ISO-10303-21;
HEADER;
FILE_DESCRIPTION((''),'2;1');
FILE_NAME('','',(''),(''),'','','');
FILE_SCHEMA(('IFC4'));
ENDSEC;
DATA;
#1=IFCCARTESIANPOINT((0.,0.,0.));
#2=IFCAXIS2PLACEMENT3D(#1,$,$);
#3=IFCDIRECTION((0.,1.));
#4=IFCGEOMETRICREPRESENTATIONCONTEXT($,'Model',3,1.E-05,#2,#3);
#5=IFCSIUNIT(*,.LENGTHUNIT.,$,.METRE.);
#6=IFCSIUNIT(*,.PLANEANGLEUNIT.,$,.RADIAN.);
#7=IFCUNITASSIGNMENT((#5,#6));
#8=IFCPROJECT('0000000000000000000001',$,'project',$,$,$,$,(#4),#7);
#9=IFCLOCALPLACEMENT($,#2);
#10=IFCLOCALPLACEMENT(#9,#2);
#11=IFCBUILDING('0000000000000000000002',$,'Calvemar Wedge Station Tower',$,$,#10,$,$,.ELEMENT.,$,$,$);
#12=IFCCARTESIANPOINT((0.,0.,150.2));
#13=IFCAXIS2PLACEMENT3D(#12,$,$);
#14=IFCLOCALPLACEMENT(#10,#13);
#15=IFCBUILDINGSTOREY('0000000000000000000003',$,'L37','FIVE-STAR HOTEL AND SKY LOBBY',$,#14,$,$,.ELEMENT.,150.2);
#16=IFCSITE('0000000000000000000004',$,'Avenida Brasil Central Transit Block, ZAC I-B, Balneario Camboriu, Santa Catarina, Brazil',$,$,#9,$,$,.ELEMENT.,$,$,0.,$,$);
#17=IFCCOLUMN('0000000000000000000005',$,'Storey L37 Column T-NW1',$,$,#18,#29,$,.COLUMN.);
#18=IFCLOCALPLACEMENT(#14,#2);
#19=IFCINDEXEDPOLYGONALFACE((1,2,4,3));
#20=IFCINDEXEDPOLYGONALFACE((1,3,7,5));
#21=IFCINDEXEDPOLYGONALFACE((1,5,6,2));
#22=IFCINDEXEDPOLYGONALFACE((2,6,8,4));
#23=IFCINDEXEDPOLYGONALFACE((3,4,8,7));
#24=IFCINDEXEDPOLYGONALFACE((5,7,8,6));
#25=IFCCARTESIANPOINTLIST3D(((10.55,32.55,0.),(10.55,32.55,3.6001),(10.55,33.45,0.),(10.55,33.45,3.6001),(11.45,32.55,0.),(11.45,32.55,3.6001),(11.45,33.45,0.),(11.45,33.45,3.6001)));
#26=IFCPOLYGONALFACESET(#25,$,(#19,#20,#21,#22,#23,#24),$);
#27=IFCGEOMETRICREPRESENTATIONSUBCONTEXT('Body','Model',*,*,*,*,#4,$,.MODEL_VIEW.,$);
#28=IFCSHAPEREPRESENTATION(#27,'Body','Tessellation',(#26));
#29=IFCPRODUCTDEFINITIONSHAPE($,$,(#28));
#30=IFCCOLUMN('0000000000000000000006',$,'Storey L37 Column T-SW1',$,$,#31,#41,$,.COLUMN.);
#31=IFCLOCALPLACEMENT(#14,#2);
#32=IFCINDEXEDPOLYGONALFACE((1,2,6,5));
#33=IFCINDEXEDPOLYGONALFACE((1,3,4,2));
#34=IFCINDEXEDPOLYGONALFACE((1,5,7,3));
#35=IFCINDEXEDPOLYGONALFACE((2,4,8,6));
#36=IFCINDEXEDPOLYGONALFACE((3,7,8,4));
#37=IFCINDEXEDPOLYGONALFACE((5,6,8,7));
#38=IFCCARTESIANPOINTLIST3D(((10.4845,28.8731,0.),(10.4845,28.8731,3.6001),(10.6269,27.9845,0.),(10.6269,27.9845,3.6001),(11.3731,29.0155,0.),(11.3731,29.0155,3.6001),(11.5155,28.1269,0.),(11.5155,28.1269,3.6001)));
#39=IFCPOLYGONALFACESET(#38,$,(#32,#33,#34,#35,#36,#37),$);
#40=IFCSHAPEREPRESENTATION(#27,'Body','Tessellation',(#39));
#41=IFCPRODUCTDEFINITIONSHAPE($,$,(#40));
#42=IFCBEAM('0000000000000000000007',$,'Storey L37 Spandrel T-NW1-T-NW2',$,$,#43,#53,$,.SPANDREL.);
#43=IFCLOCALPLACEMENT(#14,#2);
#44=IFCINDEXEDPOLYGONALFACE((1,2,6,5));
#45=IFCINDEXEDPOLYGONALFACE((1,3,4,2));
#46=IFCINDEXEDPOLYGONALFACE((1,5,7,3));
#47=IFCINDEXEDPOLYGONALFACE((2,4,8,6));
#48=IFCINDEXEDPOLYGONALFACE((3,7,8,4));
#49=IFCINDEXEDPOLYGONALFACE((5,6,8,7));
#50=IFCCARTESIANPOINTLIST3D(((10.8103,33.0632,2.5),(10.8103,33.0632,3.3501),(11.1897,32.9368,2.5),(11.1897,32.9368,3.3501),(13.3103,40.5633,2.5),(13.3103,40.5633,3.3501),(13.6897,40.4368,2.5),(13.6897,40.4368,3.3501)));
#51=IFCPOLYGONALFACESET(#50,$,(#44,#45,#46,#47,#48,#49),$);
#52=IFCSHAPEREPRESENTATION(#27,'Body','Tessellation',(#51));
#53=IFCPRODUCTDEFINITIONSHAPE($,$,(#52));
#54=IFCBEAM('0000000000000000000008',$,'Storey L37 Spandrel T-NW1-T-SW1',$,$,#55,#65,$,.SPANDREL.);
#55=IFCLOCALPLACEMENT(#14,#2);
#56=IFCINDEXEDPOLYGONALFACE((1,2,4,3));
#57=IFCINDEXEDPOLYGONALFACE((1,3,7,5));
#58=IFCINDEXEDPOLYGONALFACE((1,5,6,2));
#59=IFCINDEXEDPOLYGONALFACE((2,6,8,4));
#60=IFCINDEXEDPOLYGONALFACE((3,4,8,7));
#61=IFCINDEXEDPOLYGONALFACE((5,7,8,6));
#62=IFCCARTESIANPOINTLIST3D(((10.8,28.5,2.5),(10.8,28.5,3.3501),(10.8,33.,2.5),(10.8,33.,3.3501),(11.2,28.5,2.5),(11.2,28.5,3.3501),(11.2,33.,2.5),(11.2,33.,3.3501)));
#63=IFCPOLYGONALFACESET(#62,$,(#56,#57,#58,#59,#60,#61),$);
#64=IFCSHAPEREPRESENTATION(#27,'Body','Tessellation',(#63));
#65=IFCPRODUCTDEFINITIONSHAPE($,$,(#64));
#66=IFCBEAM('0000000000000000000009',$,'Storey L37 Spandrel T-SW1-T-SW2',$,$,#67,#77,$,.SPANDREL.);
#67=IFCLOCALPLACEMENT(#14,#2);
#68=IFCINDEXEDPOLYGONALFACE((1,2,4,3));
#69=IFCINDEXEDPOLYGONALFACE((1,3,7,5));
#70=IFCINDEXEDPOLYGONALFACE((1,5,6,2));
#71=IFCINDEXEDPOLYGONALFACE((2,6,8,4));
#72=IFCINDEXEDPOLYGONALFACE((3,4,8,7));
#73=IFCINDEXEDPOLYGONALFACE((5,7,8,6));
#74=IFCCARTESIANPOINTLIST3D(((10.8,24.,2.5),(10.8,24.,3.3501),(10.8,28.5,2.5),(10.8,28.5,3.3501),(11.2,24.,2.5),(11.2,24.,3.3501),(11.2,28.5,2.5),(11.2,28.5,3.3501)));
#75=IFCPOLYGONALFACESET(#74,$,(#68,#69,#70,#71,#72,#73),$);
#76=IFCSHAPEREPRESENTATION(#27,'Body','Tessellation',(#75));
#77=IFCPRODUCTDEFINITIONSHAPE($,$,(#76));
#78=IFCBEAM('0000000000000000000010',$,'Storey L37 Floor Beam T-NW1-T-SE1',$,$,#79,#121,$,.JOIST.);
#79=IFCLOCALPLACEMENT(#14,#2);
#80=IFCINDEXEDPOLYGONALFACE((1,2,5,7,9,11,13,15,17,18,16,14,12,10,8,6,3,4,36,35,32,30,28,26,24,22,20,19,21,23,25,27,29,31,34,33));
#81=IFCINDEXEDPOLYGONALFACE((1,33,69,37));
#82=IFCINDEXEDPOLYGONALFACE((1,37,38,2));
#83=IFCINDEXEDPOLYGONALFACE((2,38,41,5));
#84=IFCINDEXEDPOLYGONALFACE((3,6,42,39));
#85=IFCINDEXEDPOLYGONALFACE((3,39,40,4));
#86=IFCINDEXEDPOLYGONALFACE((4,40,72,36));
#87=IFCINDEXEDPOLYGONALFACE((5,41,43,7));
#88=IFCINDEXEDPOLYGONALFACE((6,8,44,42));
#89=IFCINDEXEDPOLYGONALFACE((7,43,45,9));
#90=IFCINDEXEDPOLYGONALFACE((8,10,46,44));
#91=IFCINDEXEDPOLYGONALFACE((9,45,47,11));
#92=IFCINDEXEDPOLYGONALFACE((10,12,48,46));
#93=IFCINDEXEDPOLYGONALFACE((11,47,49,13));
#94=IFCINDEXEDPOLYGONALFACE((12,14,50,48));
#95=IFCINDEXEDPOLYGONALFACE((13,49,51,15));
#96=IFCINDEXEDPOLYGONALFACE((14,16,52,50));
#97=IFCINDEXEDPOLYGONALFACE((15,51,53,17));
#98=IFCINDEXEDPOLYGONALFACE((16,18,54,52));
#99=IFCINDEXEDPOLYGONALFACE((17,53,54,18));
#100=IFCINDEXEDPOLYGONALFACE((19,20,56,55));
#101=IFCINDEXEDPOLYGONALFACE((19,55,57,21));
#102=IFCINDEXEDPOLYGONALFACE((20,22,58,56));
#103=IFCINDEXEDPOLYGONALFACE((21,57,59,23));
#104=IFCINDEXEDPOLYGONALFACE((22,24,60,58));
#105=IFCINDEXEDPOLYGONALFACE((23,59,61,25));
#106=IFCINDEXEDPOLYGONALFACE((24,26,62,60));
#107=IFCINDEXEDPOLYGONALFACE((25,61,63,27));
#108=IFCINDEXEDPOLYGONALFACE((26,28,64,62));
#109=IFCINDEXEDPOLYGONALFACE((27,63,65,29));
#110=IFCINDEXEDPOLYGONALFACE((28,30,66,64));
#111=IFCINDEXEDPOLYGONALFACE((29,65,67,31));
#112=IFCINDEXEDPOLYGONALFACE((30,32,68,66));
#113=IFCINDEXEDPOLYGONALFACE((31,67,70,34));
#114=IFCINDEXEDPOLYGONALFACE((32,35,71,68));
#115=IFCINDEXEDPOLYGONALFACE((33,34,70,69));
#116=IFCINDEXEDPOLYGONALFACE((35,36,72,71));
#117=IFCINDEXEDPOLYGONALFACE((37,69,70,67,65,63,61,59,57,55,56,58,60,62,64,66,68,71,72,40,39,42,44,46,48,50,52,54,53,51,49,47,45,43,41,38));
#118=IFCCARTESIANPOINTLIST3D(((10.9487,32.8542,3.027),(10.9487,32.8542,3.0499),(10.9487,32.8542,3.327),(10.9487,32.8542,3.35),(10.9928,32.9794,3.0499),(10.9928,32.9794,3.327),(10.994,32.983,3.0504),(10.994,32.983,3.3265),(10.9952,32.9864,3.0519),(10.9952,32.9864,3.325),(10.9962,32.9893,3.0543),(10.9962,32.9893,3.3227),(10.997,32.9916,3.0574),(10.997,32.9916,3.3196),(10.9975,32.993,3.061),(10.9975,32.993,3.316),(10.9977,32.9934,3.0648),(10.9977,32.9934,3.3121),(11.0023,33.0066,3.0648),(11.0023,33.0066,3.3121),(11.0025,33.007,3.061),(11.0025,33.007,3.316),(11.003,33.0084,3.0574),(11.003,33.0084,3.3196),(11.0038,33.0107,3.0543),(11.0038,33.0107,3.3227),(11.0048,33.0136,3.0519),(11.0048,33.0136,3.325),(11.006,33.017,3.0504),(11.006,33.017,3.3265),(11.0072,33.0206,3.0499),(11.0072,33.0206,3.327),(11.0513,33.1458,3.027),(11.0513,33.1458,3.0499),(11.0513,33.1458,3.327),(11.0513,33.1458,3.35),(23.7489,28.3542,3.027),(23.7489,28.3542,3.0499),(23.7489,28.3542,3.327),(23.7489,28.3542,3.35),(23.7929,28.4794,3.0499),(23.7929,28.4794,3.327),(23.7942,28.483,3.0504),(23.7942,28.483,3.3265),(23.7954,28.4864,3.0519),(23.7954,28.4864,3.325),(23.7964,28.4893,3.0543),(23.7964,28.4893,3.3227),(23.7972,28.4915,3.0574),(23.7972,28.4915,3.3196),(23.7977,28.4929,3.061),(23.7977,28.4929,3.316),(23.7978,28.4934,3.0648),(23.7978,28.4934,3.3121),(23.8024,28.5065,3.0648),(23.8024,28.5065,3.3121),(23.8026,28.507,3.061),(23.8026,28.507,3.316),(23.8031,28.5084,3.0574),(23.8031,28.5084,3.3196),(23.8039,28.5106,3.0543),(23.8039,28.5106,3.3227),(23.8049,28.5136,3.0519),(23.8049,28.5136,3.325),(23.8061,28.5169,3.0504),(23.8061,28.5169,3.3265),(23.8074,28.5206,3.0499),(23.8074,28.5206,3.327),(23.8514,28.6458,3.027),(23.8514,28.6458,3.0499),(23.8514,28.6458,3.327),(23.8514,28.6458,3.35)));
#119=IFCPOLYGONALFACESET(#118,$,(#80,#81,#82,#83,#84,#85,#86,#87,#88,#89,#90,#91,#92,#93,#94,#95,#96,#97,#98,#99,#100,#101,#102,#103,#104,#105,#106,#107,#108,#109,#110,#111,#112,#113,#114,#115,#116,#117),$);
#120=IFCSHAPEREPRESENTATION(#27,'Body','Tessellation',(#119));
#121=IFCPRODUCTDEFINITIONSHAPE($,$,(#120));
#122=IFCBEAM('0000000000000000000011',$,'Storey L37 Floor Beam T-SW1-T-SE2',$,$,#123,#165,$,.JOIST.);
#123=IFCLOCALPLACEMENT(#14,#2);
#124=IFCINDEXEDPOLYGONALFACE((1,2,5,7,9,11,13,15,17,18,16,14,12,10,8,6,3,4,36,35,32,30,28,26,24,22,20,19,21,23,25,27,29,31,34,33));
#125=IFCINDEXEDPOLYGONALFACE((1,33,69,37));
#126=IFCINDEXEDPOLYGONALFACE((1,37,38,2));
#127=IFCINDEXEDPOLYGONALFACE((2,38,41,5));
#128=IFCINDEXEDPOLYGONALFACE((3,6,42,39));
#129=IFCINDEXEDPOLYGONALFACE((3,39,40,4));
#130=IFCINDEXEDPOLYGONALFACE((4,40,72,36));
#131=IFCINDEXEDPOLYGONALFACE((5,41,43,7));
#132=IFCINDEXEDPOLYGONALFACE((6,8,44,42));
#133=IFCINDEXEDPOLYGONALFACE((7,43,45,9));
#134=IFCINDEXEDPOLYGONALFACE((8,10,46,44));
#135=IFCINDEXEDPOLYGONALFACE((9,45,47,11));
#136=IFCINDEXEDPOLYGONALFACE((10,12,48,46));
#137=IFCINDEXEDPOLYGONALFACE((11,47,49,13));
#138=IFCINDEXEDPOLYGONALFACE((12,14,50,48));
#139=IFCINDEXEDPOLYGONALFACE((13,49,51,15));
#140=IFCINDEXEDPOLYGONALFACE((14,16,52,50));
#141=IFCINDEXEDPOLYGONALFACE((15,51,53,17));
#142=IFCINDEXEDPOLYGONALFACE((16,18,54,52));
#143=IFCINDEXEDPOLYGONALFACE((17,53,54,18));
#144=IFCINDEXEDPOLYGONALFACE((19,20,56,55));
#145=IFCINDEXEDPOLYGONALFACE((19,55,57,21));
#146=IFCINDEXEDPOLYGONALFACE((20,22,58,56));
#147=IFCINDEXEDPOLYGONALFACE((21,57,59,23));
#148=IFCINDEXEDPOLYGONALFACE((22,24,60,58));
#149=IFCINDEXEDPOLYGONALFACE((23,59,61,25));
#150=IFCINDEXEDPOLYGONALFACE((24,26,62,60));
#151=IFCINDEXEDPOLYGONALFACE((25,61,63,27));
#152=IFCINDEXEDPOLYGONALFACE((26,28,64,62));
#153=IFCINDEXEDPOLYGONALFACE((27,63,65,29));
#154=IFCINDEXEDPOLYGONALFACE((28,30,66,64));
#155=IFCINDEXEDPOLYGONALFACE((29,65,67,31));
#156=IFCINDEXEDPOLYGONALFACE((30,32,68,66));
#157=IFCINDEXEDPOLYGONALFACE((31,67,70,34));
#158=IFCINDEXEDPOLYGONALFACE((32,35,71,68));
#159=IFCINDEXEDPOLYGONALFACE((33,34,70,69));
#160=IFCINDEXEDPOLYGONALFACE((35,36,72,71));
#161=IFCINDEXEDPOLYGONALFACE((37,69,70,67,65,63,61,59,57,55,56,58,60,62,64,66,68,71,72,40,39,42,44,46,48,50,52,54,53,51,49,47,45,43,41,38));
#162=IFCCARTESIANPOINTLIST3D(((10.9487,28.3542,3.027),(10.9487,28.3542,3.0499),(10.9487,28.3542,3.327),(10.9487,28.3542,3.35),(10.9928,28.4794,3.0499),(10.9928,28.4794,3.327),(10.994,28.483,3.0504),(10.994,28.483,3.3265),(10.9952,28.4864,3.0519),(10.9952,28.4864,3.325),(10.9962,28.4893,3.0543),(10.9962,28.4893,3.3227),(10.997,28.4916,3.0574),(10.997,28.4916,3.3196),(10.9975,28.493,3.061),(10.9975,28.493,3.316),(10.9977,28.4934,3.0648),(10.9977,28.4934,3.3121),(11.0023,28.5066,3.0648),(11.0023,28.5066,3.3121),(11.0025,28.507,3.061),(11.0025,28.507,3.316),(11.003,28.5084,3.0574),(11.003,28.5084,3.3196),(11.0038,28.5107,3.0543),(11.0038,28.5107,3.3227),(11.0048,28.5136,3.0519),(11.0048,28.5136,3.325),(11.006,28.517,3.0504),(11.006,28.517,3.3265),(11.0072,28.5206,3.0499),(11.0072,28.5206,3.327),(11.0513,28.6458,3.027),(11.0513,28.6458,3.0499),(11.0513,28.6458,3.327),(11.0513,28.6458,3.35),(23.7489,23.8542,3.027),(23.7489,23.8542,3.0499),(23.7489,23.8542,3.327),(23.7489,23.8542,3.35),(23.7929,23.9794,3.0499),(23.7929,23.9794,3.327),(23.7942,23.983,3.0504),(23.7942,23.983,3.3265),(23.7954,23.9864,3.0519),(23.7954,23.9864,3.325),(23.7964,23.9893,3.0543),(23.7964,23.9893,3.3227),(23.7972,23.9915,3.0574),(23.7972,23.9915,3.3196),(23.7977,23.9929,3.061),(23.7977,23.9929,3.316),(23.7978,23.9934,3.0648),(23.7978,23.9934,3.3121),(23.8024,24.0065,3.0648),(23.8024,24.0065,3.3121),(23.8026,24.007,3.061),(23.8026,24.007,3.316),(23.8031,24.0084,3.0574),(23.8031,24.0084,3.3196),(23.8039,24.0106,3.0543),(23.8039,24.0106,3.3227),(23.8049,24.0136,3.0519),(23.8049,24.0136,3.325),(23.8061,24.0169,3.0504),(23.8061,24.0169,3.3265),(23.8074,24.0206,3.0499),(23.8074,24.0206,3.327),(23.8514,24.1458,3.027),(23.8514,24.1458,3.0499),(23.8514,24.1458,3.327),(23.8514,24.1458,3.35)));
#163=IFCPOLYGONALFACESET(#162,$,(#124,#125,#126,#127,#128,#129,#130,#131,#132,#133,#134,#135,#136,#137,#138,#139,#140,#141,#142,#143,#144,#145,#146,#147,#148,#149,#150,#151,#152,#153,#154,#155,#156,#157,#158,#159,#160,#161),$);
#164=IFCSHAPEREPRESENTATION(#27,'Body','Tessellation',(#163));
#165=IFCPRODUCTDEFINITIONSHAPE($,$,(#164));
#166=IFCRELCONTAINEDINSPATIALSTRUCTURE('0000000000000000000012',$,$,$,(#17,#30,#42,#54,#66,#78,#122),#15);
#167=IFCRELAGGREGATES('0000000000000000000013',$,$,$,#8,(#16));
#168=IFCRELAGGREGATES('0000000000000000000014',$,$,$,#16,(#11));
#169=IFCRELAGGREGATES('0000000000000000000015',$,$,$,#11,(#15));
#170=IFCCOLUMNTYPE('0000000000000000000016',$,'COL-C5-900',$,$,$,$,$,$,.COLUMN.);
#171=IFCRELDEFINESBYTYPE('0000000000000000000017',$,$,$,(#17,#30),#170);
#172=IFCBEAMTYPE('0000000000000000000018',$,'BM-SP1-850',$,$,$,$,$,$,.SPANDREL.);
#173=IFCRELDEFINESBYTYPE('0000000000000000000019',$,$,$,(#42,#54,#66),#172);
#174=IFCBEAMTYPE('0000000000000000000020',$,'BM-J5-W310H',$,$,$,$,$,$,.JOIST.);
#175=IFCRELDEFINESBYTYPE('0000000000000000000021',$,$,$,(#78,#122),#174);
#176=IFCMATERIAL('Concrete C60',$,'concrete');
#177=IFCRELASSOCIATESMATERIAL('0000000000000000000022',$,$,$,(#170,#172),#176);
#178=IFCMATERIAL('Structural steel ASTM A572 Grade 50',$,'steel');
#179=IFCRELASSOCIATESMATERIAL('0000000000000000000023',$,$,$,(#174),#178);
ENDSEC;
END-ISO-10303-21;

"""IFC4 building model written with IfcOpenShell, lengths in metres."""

from ifc_helpers import new_model, si_unit, direction, frame, origin, origin_2d, place, context, subcontext, project, spatial, rectangle, i_section, extrude, source, transform, mapped, material, material_profile, profile_set, type_object, element, save


model = new_model("IFC4")

# Units and contexts
model_context = context("Model", 3, precision=1e-05, world=origin(), true_north=direction((0.0, 1.0)))
body_context = subcontext(model_context, "Body", "Model", "MODEL_VIEW")
ifc_project = project(units=[si_unit("LENGTHUNIT", "METRE"), si_unit("PLANEANGLEUNIT", "RADIAN")], contexts=[model_context])

# Site, building, storey
site_placement = place(None, origin())
site = spatial("IfcSite", under=ifc_project, at=site_placement, Name="Avenida Brasil Central Transit Block, ZAC I-B, Balneario Camboriu, Santa Catarina, Brazil", CompositionType="ELEMENT", RefElevation=0.0)
building_placement = place(site_placement, origin())
building = spatial("IfcBuilding", under=site, at=building_placement, Name="Calvemar Wedge Station Tower", CompositionType="ELEMENT")
storey_placement = place(building_placement, frame((0.0, 0.0, 150.2)))
storey = spatial("IfcBuildingStorey", under=building, at=storey_placement, Name="L37", Description="FIVE-STAR HOTEL AND SKY LOBBY", CompositionType="ELEMENT", Elevation=150.2)

# Columns
ifc_material_1 = material(Name="Concrete C60", Category="concrete")
ifc_material_profile_1 = material_profile(ifc_material_1, rectangle(XDim=0.8999, YDim=0.8999, at=origin_2d()), Name="RC900x900")
ifc_profile_set_1 = profile_set([ifc_material_profile_1], Name="Concrete C60")
column_type = type_object("IfcColumnType", Name="COL-C5-900", PredefinedType="COLUMN", material=ifc_profile_set_1)
shared_shape_1 = source(origin(), body_context, "Body", "SweptSolid", [
    extrude(rectangle(XDim=0.8999, YDim=0.8999, at=origin_2d()), origin(), (0.0, 0.0, 1.0), 3.6001),
])
for number, where, z_axis, x_axis, name in (
    (1, (11.0, 33.0, 0.0), (0.0, 0.0, 1.0), (1.0, 0.0, 0.0), "Storey L37 Column T-NW1"),
    (2, (11.0, 28.5, 0.0), (0.0, 0.0, 1.0), (0.158158, -0.987414, 0.0), "Storey L37 Column T-SW1"),
):
    element("IfcColumn", number, at=place(storey_placement, frame(where, z_axis=z_axis, x_axis=x_axis)), inside=storey, type_object=column_type, Name=name, PredefinedType="COLUMN", context=body_context, shape_type="MappedRepresentation", body=[
        mapped(shared_shape_1, transform((0.0, 0.0, 0.0), scale=1.0)),
    ])

# Beams
ifc_material_profile_2 = material_profile(ifc_material_1, rectangle(XDim=0.3999, YDim=0.8501, at=origin_2d()), Name="RC400x850")
ifc_profile_set_2 = profile_set([ifc_material_profile_2], Name="Concrete C60")
beam_type_1 = type_object("IfcBeamType", Name="BM-SP1-850", PredefinedType="SPANDREL", material=ifc_profile_set_2)
shared_shape_2 = source(origin(), body_context, "Body", "SweptSolid", [
    extrude(rectangle(XDim=0.3999, YDim=0.8501, at=origin_2d()), origin(), (0.0, 0.0, 1.0), 7.9058),
])
beam_1_placement = place(storey_placement, frame((11.0, 33.0, 2.925), z_axis=(0.316228, 0.948683, 0.0), x_axis=(-0.948683, 0.316228, 0.0)))
element("IfcBeam", 3, at=beam_1_placement, inside=storey, type_object=beam_type_1, Name="Storey L37 Spandrel T-NW1-T-NW2", PredefinedType="SPANDREL", context=body_context, shape_type="MappedRepresentation", body=[
    mapped(shared_shape_2, transform((0.0, 0.0, 0.0), scale=1.0)),
])
shared_shape_3 = source(origin(), body_context, "Body", "SweptSolid", [
    extrude(rectangle(XDim=0.3999, YDim=0.8501, at=origin_2d()), origin(), (0.0, 0.0, 1.0), 4.5),
])
for number, where, z_axis, x_axis, name in (
    (4, (11.0, 33.0, 2.925), (0.0, -1.0, 0.0), (1.0, 0.0, 0.0), "Storey L37 Spandrel T-NW1-T-SW1"),
    (5, (11.0, 28.5, 2.925), (0.0, -1.0, 0.0), (1.0, 0.0, 0.0), "Storey L37 Spandrel T-SW1-T-SW2"),
):
    element("IfcBeam", number, at=place(storey_placement, frame(where, z_axis=z_axis, x_axis=x_axis)), inside=storey, type_object=beam_type_1, Name=name, PredefinedType="SPANDREL", context=body_context, shape_type="MappedRepresentation", body=[
        mapped(shared_shape_3, transform((0.0, 0.0, 0.0), scale=1.0)),
    ])
ifc_material_2 = material(Name="Structural steel ASTM A572 Grade 50", Category="steel")
ifc_material_profile_3 = material_profile(ifc_material_2, i_section(OverallWidth=0.3091, OverallDepth=0.323, WebThickness=0.0139, FlangeThickness=0.0229, FilletRadius=0.0149, at=origin_2d()), Name="W310x143")
ifc_profile_set_3 = profile_set([ifc_material_profile_3], Name="Structural steel ASTM A572 Grade 50")
beam_type_2 = type_object("IfcBeamType", Name="BM-J5-W310H", PredefinedType="JOIST", material=ifc_profile_set_3)
shared_shape_4 = source(origin(), body_context, "Body", "SweptSolid", [
    extrude(i_section(OverallWidth=0.3091, OverallDepth=0.323, WebThickness=0.0139, FlangeThickness=0.0229, FilletRadius=0.0149, at=origin_2d()), origin(), (0.0, 0.0, 1.0), 13.5681),
])
for number, where, z_axis, x_axis, name in (
    (6, (11.0, 33.0, 3.1885), (0.943398, -0.331662, 0.0), (0.331662, 0.943398, 0.0), "Storey L37 Floor Beam T-NW1-T-SE1"),
    (7, (11.0, 28.5, 3.1885), (0.943398, -0.331662, 0.0), (0.331662, 0.943398, 0.0), "Storey L37 Floor Beam T-SW1-T-SE2"),
):
    element("IfcBeam", number, at=place(storey_placement, frame(where, z_axis=z_axis, x_axis=x_axis)), inside=storey, type_object=beam_type_2, Name=name, PredefinedType="JOIST", context=body_context, shape_type="MappedRepresentation", body=[
        mapped(shared_shape_4, transform((0.0, 0.0, 0.0), scale=1.0)),
    ])

save(model, "model.ifc")
